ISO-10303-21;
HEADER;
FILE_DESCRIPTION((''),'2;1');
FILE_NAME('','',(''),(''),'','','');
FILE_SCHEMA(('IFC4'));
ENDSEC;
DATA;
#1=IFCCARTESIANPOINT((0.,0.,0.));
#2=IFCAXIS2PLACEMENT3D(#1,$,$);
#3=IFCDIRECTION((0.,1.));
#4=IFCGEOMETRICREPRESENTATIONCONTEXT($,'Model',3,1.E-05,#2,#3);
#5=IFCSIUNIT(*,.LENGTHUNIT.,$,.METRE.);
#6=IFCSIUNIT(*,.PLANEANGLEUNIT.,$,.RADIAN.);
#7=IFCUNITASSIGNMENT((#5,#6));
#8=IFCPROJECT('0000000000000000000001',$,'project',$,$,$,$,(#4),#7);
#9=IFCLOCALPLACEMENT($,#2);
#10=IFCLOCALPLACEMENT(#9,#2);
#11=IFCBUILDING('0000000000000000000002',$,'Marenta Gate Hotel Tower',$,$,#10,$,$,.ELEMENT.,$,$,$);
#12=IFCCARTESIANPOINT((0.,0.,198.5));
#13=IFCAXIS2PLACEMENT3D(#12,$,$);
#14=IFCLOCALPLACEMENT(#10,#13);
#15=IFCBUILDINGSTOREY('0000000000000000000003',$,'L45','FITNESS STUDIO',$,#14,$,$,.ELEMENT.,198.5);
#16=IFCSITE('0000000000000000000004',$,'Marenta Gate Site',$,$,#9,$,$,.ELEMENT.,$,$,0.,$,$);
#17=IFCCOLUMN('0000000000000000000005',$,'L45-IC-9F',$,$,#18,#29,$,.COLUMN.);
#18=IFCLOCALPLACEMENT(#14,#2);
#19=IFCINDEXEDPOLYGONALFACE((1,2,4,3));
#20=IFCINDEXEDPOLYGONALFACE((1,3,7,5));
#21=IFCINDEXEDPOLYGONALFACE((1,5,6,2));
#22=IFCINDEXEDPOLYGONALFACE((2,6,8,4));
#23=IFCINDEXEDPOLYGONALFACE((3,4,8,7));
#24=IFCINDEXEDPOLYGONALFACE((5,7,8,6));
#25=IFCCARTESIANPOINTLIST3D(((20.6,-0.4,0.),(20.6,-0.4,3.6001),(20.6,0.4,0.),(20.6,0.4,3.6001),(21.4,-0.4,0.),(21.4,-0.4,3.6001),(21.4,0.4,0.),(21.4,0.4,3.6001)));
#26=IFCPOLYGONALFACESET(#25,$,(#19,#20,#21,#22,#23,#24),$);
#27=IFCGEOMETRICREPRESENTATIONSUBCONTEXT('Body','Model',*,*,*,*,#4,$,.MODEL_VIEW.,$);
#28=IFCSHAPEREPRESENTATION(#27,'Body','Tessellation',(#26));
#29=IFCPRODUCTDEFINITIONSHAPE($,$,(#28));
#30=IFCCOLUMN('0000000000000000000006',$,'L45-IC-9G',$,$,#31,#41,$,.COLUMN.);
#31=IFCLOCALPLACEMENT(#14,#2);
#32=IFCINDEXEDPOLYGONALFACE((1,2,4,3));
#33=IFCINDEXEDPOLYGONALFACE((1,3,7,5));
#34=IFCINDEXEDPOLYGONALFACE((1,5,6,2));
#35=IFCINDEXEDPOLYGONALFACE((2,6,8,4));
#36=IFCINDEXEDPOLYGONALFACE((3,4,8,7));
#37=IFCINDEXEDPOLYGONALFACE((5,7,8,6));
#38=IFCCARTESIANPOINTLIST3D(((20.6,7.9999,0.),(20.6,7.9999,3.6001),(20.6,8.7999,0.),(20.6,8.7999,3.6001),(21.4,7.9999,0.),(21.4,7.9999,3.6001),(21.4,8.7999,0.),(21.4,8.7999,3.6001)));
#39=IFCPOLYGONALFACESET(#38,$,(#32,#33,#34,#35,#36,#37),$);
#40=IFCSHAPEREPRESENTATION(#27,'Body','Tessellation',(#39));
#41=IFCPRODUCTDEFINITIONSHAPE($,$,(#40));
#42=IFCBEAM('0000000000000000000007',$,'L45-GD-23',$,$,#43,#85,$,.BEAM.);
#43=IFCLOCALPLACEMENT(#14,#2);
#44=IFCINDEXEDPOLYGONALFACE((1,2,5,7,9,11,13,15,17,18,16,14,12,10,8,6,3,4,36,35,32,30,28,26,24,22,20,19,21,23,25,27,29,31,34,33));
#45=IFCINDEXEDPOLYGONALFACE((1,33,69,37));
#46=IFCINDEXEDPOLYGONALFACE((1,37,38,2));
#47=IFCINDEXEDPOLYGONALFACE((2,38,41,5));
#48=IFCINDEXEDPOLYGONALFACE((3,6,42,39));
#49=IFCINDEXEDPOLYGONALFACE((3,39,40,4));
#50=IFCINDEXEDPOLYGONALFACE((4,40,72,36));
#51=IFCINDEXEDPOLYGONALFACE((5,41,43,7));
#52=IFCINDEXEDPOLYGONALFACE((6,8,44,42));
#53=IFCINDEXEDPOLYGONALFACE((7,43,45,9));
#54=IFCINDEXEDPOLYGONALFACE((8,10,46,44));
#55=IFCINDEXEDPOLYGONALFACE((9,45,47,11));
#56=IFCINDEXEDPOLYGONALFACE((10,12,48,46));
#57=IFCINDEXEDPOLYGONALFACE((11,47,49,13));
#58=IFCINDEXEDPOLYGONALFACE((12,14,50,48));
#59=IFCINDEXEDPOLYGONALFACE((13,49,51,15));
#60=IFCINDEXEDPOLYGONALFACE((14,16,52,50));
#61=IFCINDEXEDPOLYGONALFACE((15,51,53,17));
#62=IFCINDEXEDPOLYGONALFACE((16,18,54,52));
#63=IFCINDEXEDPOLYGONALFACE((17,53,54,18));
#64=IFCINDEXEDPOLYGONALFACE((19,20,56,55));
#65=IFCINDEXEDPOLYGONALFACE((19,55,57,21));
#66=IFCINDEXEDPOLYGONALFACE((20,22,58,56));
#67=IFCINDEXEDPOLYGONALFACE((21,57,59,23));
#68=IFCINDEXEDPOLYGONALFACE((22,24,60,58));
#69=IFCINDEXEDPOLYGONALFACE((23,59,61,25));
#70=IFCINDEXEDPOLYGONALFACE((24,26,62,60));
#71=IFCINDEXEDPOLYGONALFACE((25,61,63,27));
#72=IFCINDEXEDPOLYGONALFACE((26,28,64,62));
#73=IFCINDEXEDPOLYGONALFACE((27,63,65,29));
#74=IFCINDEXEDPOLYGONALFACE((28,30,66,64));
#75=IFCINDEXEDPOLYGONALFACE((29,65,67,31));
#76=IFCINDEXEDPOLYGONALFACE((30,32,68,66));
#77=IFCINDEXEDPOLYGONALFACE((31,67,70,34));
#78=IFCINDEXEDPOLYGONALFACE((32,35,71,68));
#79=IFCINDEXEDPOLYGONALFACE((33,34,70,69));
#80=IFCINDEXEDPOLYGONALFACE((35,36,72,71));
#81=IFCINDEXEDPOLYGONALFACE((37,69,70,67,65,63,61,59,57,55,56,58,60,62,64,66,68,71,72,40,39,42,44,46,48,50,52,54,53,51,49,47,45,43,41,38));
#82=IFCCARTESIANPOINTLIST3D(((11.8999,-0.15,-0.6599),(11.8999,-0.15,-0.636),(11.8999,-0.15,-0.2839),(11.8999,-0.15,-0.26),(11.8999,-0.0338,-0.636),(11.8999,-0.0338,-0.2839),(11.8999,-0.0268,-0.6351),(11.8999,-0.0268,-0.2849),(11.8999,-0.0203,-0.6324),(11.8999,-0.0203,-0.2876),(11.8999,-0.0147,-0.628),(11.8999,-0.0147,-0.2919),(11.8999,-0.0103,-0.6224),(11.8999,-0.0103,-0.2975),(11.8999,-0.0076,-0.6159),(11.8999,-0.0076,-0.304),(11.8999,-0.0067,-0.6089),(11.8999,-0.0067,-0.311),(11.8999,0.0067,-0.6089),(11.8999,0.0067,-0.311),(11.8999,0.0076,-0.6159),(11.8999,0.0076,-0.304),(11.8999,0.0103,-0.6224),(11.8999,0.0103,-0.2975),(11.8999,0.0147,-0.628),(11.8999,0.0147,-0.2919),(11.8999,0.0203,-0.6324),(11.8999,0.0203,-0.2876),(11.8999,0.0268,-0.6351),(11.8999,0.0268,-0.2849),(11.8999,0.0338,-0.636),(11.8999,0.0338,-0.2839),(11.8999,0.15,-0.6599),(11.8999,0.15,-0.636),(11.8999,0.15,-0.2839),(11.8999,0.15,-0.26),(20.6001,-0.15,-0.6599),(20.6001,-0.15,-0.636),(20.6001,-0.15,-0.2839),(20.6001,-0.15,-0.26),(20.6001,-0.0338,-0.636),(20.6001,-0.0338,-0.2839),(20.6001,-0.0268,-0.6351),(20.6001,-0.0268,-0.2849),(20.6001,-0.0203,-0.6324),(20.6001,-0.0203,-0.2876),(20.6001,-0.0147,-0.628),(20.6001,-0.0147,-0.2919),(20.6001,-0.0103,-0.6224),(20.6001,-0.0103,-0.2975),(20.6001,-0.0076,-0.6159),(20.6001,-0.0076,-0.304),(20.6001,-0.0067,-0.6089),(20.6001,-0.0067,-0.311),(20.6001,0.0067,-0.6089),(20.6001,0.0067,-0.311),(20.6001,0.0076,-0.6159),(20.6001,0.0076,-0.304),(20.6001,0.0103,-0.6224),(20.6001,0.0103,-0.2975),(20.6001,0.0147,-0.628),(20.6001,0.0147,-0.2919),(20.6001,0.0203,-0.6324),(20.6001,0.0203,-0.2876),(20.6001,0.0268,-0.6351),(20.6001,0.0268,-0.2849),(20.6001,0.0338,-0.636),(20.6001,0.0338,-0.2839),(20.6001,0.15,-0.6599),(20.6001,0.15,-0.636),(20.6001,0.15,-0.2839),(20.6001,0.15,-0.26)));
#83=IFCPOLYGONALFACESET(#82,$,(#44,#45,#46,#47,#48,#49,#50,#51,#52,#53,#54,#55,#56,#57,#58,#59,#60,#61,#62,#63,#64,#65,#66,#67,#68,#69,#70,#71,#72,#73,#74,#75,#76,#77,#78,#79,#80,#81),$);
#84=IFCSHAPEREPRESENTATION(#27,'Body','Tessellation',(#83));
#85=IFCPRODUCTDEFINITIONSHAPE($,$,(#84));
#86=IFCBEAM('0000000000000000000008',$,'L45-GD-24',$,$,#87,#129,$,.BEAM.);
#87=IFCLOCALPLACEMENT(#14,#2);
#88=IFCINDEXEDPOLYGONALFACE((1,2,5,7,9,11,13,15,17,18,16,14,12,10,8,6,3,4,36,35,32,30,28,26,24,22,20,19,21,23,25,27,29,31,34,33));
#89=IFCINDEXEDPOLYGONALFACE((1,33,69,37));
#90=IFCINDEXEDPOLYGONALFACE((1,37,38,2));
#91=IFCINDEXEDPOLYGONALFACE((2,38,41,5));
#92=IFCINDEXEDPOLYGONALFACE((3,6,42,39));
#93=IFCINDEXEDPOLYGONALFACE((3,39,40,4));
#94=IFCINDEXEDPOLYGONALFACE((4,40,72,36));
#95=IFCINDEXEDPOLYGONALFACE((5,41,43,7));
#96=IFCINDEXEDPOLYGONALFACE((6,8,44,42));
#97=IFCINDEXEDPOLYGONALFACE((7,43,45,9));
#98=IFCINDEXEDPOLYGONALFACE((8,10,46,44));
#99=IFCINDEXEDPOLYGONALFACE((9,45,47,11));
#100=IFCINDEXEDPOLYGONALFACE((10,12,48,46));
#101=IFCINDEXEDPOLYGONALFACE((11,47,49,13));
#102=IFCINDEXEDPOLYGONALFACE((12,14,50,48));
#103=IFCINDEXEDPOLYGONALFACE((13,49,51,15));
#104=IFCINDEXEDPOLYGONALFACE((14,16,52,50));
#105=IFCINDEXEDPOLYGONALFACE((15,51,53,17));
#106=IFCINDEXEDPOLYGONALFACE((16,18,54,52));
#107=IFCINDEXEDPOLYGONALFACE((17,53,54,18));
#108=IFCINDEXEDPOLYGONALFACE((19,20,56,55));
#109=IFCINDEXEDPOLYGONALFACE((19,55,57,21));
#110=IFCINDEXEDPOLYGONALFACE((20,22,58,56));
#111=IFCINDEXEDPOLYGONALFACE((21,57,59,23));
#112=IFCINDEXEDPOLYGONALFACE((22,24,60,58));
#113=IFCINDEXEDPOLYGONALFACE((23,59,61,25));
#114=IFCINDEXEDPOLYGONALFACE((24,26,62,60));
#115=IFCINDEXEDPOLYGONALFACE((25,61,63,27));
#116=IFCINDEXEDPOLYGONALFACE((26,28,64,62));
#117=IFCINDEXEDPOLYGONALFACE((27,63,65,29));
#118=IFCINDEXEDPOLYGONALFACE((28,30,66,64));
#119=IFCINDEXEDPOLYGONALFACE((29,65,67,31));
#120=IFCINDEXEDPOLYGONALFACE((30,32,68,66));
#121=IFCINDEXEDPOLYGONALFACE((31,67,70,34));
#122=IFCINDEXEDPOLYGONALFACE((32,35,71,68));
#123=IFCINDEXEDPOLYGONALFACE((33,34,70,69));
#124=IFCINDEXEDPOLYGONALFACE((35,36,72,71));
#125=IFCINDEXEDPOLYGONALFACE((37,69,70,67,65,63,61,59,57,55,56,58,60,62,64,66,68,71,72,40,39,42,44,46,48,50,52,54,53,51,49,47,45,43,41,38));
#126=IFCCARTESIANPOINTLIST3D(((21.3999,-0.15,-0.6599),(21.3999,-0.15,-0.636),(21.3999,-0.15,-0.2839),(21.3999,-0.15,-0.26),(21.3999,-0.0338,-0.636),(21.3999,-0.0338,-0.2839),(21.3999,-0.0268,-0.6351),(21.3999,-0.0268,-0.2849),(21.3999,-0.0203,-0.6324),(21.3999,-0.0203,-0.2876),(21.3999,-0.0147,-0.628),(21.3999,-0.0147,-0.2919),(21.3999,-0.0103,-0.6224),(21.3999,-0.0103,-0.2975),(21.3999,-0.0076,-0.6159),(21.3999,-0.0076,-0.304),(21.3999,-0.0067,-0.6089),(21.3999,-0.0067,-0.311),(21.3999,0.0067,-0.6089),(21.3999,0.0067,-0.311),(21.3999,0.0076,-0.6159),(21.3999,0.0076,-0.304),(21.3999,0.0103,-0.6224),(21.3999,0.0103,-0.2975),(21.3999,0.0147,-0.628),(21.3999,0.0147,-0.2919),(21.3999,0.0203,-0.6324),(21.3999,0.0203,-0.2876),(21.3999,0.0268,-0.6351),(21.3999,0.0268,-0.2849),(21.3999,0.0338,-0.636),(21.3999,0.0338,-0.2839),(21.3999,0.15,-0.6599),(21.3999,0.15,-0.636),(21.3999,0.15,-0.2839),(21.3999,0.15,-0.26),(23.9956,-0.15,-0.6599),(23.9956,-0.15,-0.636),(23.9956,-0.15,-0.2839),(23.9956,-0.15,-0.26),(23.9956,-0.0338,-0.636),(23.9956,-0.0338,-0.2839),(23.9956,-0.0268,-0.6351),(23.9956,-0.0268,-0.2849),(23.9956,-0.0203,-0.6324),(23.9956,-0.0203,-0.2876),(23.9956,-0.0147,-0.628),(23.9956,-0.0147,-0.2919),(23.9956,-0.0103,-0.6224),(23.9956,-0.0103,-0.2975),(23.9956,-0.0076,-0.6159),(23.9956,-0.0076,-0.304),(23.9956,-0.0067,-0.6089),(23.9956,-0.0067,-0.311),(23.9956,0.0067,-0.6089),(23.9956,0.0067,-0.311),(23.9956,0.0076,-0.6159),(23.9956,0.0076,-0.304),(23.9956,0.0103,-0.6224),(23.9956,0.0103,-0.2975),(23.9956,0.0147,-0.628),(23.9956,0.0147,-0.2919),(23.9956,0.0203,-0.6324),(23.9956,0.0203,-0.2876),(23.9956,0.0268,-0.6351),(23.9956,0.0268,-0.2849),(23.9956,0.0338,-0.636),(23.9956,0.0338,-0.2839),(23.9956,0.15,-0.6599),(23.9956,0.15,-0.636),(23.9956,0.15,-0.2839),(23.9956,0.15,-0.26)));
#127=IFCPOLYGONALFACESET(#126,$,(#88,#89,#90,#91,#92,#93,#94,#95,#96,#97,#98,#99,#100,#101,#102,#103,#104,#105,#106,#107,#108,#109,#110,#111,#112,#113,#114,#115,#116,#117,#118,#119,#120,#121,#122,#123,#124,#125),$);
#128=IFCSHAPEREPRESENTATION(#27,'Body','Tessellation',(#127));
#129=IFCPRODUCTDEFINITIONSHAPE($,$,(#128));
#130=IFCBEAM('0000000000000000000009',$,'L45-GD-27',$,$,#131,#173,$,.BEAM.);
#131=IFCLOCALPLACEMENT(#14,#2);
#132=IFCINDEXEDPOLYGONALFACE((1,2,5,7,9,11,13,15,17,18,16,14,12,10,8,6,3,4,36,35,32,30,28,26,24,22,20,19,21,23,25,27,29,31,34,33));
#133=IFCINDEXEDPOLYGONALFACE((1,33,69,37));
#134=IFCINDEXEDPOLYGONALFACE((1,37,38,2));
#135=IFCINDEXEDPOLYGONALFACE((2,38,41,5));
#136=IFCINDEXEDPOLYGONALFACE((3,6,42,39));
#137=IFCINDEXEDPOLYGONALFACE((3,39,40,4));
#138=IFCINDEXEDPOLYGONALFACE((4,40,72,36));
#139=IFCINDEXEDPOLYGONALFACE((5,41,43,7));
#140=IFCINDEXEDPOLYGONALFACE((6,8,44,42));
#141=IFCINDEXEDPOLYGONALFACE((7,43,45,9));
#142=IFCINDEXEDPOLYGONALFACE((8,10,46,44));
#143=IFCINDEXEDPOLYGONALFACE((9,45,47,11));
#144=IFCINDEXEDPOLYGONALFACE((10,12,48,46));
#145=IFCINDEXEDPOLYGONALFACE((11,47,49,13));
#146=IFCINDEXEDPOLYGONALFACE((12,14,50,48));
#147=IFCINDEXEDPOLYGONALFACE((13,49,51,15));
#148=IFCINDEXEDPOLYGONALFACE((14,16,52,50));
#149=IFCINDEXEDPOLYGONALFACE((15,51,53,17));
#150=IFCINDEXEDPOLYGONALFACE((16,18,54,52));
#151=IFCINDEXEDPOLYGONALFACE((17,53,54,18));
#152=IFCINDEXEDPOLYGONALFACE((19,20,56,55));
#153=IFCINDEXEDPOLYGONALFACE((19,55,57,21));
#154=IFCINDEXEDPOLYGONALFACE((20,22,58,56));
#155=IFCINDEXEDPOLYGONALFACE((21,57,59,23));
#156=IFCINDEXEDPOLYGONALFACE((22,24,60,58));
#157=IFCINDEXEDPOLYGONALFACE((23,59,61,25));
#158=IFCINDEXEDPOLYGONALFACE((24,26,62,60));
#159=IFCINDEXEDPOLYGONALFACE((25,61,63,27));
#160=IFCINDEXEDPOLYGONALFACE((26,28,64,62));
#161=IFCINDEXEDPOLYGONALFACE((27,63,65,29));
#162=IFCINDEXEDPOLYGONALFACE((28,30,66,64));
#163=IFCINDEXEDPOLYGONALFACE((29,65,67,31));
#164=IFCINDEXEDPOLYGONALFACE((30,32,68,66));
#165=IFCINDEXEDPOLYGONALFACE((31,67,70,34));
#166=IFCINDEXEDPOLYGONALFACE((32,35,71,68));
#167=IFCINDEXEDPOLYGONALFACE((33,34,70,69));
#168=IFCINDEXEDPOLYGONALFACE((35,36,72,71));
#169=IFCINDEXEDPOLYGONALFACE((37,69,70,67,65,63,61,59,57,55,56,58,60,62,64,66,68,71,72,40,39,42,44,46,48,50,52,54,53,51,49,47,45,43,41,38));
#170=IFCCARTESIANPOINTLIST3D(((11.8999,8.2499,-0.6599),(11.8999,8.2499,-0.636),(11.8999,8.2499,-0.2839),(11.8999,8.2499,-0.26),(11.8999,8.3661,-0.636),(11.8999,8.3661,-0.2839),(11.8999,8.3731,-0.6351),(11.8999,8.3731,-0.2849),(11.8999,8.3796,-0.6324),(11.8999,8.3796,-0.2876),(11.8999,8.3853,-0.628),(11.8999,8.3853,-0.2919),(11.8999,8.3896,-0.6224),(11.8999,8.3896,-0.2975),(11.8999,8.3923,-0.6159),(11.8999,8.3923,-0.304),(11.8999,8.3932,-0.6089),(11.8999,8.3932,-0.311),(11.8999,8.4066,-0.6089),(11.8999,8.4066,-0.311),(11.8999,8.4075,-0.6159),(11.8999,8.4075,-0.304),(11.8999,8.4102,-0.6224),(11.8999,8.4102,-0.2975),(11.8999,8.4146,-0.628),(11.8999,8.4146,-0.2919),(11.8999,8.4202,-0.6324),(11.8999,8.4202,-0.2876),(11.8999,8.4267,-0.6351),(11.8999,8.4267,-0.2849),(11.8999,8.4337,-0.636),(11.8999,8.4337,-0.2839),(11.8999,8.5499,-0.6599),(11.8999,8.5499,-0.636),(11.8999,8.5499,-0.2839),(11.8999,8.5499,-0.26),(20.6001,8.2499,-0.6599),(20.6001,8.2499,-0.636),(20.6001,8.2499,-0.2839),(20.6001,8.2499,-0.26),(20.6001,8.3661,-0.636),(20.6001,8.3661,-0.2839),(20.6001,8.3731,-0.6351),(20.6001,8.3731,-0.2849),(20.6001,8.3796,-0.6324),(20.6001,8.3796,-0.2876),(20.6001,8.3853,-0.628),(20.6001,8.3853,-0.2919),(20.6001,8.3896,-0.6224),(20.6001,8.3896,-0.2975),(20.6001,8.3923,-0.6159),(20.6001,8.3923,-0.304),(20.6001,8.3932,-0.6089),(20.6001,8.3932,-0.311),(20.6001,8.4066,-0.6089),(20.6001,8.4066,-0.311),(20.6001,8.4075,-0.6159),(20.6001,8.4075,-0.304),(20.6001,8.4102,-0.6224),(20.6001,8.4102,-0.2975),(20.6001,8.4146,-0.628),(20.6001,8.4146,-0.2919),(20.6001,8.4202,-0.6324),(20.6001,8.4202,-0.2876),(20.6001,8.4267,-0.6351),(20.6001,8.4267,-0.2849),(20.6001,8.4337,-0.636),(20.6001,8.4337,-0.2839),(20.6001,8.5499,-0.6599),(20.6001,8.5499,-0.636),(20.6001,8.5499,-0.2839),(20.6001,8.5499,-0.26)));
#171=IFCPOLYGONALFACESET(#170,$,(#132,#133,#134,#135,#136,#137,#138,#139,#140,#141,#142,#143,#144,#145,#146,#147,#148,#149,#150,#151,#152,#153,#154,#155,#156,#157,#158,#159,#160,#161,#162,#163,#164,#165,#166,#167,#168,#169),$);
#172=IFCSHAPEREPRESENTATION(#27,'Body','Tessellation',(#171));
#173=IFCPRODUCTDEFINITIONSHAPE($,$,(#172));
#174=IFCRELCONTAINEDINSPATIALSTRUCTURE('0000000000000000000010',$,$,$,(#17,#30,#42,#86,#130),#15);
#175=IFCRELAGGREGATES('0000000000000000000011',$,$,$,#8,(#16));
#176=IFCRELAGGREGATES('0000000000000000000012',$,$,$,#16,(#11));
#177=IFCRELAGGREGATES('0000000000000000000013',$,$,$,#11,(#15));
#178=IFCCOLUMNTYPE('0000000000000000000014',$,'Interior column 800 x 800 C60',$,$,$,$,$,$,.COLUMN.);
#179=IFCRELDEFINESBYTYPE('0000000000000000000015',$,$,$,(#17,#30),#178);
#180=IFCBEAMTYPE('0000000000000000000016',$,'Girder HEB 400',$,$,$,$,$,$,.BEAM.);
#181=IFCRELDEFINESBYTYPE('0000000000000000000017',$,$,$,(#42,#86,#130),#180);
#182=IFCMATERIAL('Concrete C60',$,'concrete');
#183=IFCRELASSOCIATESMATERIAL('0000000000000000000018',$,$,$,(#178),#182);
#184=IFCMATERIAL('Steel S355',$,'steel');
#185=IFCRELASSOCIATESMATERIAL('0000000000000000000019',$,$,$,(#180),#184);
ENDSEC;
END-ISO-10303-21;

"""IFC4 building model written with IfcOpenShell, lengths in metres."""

from ifc_helpers import new_model, si_unit, direction, frame, origin, origin_2d, place, context, subcontext, project, spatial, rectangle, i_section, extrude, material, material_profile, profile_set, type_object, element, save


model = new_model("IFC4")

# Units and contexts
model_context = context("Model", 3, precision=1e-05, world=origin(), true_north=direction((0.0, 1.0)))
body_context = subcontext(model_context, "Body", "Model", "MODEL_VIEW")
ifc_project = project(units=[si_unit("LENGTHUNIT", "METRE"), si_unit("PLANEANGLEUNIT", "RADIAN")], contexts=[model_context])

# Site, building, storey
site_placement = place(None, origin())
site = spatial("IfcSite", under=ifc_project, at=site_placement, Name="Marenta Gate Site", CompositionType="ELEMENT", RefElevation=0.0)
building_placement = place(site_placement, origin())
building = spatial("IfcBuilding", under=site, at=building_placement, Name="Marenta Gate Hotel Tower", CompositionType="ELEMENT")
storey_placement = place(building_placement, frame((0.0, 0.0, 198.5)))
storey = spatial("IfcBuildingStorey", under=building, at=storey_placement, Name="L45", Description="FITNESS STUDIO", CompositionType="ELEMENT", Elevation=198.5)

# Columns
ifc_material_1 = material(Name="Concrete C60", Category="concrete")
ifc_material_profile_1 = material_profile(ifc_material_1, rectangle(XDim=0.8, YDim=0.8, at=origin_2d()), Name="800 x 800")
ifc_profile_set_1 = profile_set([ifc_material_profile_1], Name="Concrete C60")
column_type = type_object("IfcColumnType", Name="Interior column 800 x 800 C60", PredefinedType="COLUMN", material=ifc_profile_set_1)
for number, where, z_axis, x_axis, name in (
    (1, (21.0, 0.0, 0.0), (0.0, 0.0, 1.0), (1.0, 0.0, 0.0), "L45-IC-9F"),
    (2, (21.0, 8.3999, 0.0), (0.0, 0.0, 1.0), (1.0, 0.0, 0.0), "L45-IC-9G"),
):
    element("IfcColumn", number, at=place(storey_placement, frame(where, z_axis=z_axis, x_axis=x_axis)), inside=storey, type_object=column_type, Name=name, PredefinedType="COLUMN", context=body_context, shape_type="SweptSolid", body=[
        extrude(rectangle(XDim=0.8, YDim=0.8, at=origin_2d()), origin(), (0.0, 0.0, 1.0), 3.6001),
    ])

# Beams
ifc_material_2 = material(Name="Steel S355", Category="steel")
ifc_material_profile_2 = material_profile(ifc_material_2, i_section(OverallWidth=0.3, OverallDepth=0.3999, WebThickness=0.0134, FlangeThickness=0.0239, FilletRadius=0.0271, at=origin_2d()), Name="HEB 400")
ifc_profile_set_2 = profile_set([ifc_material_profile_2], Name="Steel S355")
beam_type = type_object("IfcBeamType", Name="Girder HEB 400", PredefinedType="BEAM", material=ifc_profile_set_2)
beam_1_placement = place(storey_placement, frame((11.8999, 0.0, -0.46), z_axis=(1.0, 0.0, 0.0), x_axis=(0.0, 1.0, 0.0)))
element("IfcBeam", 3, at=beam_1_placement, inside=storey, type_object=beam_type, Name="L45-GD-23", PredefinedType="BEAM", context=body_context, shape_type="SweptSolid", body=[
    extrude(i_section(OverallWidth=0.3, OverallDepth=0.3999, WebThickness=0.0134, FlangeThickness=0.0239, FilletRadius=0.0271, at=origin_2d()), origin(), (0.0, 0.0, 1.0), 8.7002),
])
beam_2_placement = place(storey_placement, frame((21.3999, 0.0, -0.46), z_axis=(1.0, 0.0, 0.0), x_axis=(0.0, 1.0, 0.0)))
element("IfcBeam", 4, at=beam_2_placement, inside=storey, type_object=beam_type, Name="L45-GD-24", PredefinedType="BEAM", context=body_context, shape_type="SweptSolid", body=[
    extrude(i_section(OverallWidth=0.3, OverallDepth=0.3999, WebThickness=0.0134, FlangeThickness=0.0239, FilletRadius=0.0271, at=origin_2d()), origin(), (0.0, 0.0, 1.0), 2.5957),
])
beam_3_placement = place(storey_placement, frame((11.8999, 8.3999, -0.46), z_axis=(1.0, 0.0, 0.0), x_axis=(0.0, 1.0, 0.0)))
element("IfcBeam", 5, at=beam_3_placement, inside=storey, type_object=beam_type, Name="L45-GD-27", PredefinedType="BEAM", context=body_context, shape_type="SweptSolid", body=[
    extrude(i_section(OverallWidth=0.3, OverallDepth=0.3999, WebThickness=0.0134, FlangeThickness=0.0239, FilletRadius=0.0271, at=origin_2d()), origin(), (0.0, 0.0, 1.0), 8.7002),
])

save(model, "model.ifc")
